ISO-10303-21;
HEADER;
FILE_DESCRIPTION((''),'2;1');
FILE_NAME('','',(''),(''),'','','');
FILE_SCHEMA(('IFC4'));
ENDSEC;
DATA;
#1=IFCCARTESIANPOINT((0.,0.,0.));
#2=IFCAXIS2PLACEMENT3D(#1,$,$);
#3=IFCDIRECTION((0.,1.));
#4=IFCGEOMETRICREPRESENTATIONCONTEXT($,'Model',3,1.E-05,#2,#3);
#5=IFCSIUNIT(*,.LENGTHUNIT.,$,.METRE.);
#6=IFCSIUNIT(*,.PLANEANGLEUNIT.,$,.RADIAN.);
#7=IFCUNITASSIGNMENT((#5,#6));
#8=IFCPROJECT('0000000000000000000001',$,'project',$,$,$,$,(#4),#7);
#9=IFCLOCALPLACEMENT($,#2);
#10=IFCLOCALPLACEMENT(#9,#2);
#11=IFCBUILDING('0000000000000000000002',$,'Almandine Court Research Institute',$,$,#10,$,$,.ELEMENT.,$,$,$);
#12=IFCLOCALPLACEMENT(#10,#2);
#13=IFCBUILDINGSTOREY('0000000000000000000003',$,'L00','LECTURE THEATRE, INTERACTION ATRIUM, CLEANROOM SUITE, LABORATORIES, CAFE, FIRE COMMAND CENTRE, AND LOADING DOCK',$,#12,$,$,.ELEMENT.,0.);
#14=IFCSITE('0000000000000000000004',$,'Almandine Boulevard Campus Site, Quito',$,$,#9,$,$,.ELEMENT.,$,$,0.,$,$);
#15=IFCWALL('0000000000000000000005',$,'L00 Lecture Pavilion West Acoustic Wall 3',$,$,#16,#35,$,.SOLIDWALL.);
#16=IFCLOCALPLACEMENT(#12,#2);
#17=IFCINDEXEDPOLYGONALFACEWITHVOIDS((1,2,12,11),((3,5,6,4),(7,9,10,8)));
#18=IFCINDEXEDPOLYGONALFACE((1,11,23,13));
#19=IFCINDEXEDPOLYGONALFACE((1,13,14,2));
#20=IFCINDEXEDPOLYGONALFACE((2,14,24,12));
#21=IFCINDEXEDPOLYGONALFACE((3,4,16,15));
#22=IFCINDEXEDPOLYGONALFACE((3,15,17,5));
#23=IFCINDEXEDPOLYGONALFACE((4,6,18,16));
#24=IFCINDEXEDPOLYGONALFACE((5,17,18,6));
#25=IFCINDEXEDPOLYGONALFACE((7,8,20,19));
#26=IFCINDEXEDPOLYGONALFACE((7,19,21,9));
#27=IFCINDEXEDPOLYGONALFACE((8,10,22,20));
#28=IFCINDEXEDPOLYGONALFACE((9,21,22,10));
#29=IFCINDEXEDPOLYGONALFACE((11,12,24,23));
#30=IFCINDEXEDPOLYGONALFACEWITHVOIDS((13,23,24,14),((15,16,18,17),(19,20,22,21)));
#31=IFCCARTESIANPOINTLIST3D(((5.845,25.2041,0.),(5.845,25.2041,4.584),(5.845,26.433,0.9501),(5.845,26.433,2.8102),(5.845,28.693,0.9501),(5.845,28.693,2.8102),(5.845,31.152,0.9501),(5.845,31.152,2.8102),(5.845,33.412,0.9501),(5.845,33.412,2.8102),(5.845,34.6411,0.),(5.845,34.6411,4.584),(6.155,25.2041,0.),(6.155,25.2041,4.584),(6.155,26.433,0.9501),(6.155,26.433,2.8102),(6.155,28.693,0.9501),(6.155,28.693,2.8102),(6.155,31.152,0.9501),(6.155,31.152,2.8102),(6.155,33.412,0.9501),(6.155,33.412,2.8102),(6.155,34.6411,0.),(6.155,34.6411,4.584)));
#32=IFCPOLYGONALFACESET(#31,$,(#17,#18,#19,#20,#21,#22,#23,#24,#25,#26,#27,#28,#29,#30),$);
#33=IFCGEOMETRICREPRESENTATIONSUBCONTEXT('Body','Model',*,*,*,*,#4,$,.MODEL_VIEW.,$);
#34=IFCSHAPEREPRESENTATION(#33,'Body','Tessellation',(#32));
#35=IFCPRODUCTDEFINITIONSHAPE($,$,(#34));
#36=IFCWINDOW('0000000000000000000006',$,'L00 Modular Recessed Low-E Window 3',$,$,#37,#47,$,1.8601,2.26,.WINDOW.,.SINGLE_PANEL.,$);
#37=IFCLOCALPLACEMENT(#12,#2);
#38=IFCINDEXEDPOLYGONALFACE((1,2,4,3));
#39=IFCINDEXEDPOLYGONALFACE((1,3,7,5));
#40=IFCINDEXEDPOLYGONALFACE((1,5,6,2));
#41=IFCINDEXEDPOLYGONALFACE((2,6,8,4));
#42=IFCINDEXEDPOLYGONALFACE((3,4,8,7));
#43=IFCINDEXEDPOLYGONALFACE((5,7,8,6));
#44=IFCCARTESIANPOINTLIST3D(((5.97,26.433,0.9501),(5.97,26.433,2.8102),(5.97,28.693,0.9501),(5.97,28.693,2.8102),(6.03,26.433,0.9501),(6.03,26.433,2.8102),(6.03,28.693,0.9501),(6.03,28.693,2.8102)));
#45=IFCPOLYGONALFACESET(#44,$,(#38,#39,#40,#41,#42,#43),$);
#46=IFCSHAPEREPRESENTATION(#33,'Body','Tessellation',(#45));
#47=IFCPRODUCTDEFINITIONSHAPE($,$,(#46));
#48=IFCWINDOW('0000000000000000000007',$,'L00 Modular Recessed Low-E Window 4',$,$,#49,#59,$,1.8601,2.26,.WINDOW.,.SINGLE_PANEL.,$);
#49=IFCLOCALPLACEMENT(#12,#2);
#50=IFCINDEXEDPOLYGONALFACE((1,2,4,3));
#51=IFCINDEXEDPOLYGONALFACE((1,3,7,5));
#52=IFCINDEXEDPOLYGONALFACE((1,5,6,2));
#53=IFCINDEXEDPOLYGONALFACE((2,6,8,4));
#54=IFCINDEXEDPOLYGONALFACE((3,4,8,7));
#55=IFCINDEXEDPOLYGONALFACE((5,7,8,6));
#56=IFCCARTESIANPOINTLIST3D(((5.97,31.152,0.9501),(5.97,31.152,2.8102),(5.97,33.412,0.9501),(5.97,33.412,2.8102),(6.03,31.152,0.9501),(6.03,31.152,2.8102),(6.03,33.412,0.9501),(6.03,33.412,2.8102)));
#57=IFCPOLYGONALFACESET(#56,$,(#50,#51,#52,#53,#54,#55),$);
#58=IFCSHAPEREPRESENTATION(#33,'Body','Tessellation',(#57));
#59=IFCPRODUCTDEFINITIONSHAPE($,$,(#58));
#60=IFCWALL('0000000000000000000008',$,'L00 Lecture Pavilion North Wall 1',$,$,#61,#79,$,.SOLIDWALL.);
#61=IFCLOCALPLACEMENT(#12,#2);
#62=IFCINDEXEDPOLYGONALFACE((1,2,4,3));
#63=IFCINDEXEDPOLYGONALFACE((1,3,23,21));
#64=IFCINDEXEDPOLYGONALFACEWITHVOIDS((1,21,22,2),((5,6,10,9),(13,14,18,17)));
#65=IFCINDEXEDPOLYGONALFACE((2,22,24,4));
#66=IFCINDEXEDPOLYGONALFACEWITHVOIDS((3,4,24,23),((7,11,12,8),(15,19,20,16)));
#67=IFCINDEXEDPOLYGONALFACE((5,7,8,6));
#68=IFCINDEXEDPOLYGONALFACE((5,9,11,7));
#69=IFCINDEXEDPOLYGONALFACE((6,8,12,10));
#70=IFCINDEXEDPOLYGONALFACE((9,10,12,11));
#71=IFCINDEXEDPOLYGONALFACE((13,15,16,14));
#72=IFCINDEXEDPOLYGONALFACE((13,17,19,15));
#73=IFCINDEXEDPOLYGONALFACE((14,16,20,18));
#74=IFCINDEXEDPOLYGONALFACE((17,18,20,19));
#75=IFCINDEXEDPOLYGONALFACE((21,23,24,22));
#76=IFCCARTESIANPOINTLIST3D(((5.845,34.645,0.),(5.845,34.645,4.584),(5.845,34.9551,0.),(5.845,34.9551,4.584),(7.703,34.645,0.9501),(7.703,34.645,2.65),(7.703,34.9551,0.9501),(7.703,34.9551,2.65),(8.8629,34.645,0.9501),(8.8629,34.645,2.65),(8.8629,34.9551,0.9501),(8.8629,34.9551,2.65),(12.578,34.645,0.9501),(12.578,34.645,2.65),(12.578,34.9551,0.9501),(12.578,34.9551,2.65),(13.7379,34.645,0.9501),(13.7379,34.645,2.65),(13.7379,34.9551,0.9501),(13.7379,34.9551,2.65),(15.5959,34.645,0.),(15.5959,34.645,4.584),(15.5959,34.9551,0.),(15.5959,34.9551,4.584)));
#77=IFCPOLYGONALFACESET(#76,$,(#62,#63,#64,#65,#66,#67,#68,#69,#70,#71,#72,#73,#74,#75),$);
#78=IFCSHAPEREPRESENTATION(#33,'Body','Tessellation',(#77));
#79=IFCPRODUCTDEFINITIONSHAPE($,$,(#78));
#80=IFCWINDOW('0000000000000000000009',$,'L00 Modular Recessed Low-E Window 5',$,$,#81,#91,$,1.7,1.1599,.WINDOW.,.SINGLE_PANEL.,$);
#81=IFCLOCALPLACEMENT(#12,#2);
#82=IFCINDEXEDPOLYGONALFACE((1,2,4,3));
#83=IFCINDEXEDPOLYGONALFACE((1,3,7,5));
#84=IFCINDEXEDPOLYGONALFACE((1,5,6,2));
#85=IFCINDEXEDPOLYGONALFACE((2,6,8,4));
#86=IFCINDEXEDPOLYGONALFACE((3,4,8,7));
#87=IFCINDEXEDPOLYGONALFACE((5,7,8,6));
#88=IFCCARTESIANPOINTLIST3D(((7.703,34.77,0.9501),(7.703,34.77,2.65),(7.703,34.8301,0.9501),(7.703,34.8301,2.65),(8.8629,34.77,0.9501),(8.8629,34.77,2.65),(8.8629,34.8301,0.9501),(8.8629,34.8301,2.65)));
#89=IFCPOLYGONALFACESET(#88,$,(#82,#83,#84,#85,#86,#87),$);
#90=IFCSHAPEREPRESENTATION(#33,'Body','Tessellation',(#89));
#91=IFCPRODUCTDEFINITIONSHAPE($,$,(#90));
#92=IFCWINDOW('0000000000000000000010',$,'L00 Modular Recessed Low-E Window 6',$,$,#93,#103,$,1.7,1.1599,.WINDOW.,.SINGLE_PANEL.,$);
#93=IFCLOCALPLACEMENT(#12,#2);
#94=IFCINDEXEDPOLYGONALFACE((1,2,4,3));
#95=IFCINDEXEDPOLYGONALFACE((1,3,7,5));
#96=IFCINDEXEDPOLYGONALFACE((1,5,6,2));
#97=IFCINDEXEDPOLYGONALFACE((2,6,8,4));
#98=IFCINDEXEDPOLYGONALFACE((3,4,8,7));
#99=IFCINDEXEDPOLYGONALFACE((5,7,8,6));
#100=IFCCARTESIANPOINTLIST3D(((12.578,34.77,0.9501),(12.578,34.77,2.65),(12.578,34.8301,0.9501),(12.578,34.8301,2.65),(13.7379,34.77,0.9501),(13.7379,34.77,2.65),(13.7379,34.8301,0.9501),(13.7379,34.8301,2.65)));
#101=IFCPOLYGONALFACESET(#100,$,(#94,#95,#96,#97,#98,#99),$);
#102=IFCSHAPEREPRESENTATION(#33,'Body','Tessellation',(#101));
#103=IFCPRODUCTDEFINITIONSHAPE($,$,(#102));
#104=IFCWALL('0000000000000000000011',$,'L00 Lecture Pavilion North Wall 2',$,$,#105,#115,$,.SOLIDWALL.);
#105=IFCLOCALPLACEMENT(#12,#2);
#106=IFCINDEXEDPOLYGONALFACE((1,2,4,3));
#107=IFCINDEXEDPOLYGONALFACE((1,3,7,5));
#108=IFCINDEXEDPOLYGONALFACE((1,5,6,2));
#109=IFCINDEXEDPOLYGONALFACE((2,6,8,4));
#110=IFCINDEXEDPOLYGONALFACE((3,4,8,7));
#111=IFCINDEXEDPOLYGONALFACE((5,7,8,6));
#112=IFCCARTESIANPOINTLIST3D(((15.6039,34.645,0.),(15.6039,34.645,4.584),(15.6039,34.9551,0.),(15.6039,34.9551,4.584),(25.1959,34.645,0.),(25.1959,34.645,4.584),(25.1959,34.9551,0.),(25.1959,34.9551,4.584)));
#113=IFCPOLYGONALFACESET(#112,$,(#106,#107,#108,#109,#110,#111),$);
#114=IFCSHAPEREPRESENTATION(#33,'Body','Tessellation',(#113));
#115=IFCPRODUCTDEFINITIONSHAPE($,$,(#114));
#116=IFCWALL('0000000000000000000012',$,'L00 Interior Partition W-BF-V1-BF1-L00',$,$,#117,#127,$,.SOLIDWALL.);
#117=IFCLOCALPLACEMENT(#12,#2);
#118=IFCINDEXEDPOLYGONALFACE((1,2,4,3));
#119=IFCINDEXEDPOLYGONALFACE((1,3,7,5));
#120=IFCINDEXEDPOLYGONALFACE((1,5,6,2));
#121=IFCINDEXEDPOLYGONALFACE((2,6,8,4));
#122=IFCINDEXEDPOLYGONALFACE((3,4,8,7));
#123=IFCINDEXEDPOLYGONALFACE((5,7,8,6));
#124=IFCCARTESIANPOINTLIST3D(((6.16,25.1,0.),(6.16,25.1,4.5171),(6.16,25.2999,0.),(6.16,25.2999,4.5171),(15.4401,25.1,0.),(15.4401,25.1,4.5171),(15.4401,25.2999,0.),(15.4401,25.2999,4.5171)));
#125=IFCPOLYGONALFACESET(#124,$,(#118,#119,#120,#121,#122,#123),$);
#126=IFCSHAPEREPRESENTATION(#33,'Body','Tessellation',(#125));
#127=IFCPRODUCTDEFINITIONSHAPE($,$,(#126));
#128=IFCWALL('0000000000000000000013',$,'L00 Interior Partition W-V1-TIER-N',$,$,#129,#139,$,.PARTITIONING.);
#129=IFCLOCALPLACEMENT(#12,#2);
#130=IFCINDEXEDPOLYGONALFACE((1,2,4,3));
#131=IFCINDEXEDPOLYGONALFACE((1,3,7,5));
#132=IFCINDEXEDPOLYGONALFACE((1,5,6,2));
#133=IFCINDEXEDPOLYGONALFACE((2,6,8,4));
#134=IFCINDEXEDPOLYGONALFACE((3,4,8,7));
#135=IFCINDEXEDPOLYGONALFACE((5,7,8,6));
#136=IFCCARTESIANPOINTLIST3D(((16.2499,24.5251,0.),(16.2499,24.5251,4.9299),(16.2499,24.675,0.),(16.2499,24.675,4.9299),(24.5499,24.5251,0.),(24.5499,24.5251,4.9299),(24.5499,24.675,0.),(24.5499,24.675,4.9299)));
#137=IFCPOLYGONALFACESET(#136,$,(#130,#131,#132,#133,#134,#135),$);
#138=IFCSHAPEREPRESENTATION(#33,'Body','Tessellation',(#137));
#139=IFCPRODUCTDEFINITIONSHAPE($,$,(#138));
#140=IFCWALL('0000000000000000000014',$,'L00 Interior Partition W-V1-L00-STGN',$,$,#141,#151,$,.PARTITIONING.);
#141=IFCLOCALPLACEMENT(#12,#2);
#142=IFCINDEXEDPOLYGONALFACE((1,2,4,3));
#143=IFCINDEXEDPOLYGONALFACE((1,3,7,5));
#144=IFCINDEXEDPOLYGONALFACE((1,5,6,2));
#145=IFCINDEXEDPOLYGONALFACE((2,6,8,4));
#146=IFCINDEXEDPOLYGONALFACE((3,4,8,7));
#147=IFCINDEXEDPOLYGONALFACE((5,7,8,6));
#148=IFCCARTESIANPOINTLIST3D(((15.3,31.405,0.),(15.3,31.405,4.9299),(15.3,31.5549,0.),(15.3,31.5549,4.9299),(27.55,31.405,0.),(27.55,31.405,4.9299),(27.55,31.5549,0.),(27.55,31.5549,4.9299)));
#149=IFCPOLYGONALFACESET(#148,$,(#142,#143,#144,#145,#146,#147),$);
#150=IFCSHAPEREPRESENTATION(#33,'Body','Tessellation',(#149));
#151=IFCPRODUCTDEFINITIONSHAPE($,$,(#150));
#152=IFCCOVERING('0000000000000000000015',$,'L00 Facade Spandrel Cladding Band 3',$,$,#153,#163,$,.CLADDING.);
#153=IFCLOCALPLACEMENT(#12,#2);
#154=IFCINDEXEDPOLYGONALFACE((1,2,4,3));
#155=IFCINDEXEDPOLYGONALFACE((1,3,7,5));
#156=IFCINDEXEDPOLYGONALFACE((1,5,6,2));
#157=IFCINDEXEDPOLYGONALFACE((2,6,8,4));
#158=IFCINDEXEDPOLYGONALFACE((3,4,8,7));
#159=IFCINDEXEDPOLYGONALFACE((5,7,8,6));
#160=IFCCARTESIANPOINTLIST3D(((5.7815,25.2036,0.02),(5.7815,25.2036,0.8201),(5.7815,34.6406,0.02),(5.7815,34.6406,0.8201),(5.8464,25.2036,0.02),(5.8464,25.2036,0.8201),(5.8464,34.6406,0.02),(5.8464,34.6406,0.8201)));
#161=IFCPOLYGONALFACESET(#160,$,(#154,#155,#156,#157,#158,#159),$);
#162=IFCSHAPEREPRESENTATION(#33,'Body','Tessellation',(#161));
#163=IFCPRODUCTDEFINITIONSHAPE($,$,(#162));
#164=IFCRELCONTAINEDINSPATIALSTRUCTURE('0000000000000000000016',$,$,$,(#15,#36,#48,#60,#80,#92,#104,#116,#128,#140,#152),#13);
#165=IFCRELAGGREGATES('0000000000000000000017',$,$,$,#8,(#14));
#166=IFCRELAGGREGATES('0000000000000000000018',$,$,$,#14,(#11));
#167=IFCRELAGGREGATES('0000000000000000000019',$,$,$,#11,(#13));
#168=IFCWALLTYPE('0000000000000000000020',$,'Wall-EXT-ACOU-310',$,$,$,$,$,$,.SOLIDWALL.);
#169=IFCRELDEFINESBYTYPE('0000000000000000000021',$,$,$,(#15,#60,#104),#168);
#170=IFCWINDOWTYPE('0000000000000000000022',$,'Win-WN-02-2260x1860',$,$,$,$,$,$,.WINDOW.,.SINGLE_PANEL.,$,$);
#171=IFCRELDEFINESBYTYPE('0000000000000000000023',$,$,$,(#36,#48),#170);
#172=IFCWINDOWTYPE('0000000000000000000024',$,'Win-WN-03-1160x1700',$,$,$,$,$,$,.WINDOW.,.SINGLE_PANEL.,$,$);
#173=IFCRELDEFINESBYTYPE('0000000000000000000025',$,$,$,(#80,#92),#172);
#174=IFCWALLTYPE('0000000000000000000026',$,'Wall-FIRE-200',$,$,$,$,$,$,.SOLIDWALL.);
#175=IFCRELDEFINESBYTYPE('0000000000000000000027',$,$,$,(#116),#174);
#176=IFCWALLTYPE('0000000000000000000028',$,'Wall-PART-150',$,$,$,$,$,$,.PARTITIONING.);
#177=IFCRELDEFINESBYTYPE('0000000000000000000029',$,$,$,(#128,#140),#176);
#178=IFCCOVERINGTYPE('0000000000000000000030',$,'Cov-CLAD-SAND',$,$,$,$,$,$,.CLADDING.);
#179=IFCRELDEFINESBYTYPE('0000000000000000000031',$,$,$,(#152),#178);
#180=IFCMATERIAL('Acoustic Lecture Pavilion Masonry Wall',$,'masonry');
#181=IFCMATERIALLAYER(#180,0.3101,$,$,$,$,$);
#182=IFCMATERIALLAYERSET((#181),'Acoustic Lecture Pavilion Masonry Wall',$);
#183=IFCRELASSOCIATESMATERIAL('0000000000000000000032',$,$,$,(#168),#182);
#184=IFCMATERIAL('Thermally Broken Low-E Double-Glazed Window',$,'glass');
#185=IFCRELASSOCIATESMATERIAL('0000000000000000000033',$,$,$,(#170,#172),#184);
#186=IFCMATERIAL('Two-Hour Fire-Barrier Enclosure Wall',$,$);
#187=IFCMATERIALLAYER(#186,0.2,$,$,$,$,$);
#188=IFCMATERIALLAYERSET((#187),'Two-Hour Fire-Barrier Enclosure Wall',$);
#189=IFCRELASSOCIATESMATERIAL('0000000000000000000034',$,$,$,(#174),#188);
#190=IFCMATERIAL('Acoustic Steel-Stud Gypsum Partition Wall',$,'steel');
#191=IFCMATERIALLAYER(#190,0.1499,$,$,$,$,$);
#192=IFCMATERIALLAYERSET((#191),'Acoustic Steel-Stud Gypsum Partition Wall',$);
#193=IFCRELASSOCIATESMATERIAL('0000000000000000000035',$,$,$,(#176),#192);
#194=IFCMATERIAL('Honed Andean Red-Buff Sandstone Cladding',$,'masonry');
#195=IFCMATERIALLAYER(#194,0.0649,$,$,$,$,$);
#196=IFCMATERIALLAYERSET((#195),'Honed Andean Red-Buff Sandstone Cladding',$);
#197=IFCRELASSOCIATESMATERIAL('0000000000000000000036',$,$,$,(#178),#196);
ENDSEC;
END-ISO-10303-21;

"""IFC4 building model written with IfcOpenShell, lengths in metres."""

from ifc_helpers import new_model, si_unit, direction, frame, frame_2d, origin, origin_2d, place, context, subcontext, project, spatial, rectangle, extrude, material, layer, layer_set, type_object, element, fill, save


model = new_model("IFC4")

# Units and contexts
model_context = context("Model", 3, precision=1e-05, world=origin(), true_north=direction((0.0, 1.0)))
body_context = subcontext(model_context, "Body", "Model", "MODEL_VIEW")
ifc_project = project(units=[si_unit("LENGTHUNIT", "METRE"), si_unit("PLANEANGLEUNIT", "RADIAN")], contexts=[model_context])

# Site, building, storey
site_placement = place(None, origin())
site = spatial("IfcSite", under=ifc_project, at=site_placement, Name="Almandine Boulevard Campus Site, Quito", CompositionType="ELEMENT", RefElevation=0.0)
building_placement = place(site_placement, origin())
building = spatial("IfcBuilding", under=site, at=building_placement, Name="Almandine Court Research Institute", CompositionType="ELEMENT")
storey_placement = place(building_placement, origin())
storey = spatial("IfcBuildingStorey", under=building, at=storey_placement, Name="L00", Description="LECTURE THEATRE, INTERACTION ATRIUM, CLEANROOM SUITE, LABORATORIES, CAFE, FIRE COMMAND CENTRE, AND LOADING DOCK", CompositionType="ELEMENT", Elevation=0.0)

# Walls, openings, windows
ifc_material_1 = material(Name="Acoustic Lecture Pavilion Masonry Wall", Category="masonry")
ifc_layer_1 = layer(ifc_material_1, 0.3101)
ifc_layer_set_1 = layer_set([ifc_layer_1], Name="Acoustic Lecture Pavilion Masonry Wall")
wall_type_1 = type_object("IfcWallType", Name="Wall-EXT-ACOU-310", PredefinedType="SOLIDWALL", material=ifc_layer_set_1)
wall_1_placement = place(storey_placement, frame((6.0, 25.2041, 0.0), z_axis=(0.0, 0.0, 1.0), x_axis=(0.0, 1.0, 0.0)))
wall_1 = element("IfcWall", 1, at=wall_1_placement, inside=storey, type_object=wall_type_1, Name="L00 Lecture Pavilion West Acoustic Wall 3", PredefinedType="SOLIDWALL", context=body_context, shape_type="SweptSolid", body=[
    extrude(rectangle(XDim=9.437, YDim=0.3101, at=frame_2d((4.7185, 0.0))), origin(), (0.0, 0.0, 1.0), 4.584),
])
opening_1_placement = place(wall_1_placement, frame((1.229, 0.0, 0.95)))
opening_1 = element("IfcOpeningElement", 2, at=opening_1_placement, cuts=wall_1, PredefinedType="OPENING", context=body_context, shape_type="SweptSolid", body=[
    extrude(rectangle(XDim=2.26, YDim=1.8601, at=frame_2d((1.1299, 0.9302))), frame((0.0, 0.165, 0.0), z_axis=(0.0, -1.0, 0.0), x_axis=(1.0, 0.0, 0.0)), (0.0, 0.0, 1.0), 0.3301),
])
opening_2_placement = place(wall_1_placement, frame((5.948, 0.0, 0.95)))
opening_2 = element("IfcOpeningElement", 3, at=opening_2_placement, cuts=wall_1, PredefinedType="OPENING", context=body_context, shape_type="SweptSolid", body=[
    extrude(rectangle(XDim=2.26, YDim=1.8601, at=frame_2d((1.1299, 0.9302))), frame((0.0, 0.165, 0.0), z_axis=(0.0, -1.0, 0.0), x_axis=(1.0, 0.0, 0.0)), (0.0, 0.0, 1.0), 0.3301),
])
ifc_material_2 = material(Name="Thermally Broken Low-E Double-Glazed Window", Category="glass")
window_type_1 = type_object("IfcWindowType", Name="Win-WN-02-2260x1860", PartitioningType="SINGLE_PANEL", PredefinedType="WINDOW", material=ifc_material_2)
window_1_placement = place(opening_1_placement, origin())
window_1 = element("IfcWindow", 4, at=window_1_placement, inside=storey, type_object=window_type_1, Name="L00 Modular Recessed Low-E Window 3", OverallHeight=1.8601, OverallWidth=2.26, PartitioningType="SINGLE_PANEL", PredefinedType="WINDOW", context=body_context, shape_type="SweptSolid", body=[
    extrude(rectangle(XDim=2.26, YDim=1.8601, at=frame_2d((1.1299, 0.9302))), frame((0.0, 0.03, 0.0), z_axis=(0.0, -1.0, 0.0), x_axis=(1.0, 0.0, 0.0)), (0.0, 0.0, 1.0), 0.0601),
])
fill(opening_1, window_1)
window_2_placement = place(opening_2_placement, origin())
window_2 = element("IfcWindow", 5, at=window_2_placement, inside=storey, type_object=window_type_1, Name="L00 Modular Recessed Low-E Window 4", OverallHeight=1.8601, OverallWidth=2.26, PartitioningType="SINGLE_PANEL", PredefinedType="WINDOW", context=body_context, shape_type="SweptSolid", body=[
    extrude(rectangle(XDim=2.26, YDim=1.8601, at=frame_2d((1.1299, 0.9302))), frame((0.0, 0.03, 0.0), z_axis=(0.0, -1.0, 0.0), x_axis=(1.0, 0.0, 0.0)), (0.0, 0.0, 1.0), 0.0601),
])
fill(opening_2, window_2)
wall_2_placement = place(storey_placement, frame((5.845, 34.8, 0.0), z_axis=(0.0, 0.0, 1.0), x_axis=(1.0, 0.0, 0.0)))
wall_2 = element("IfcWall", 6, at=wall_2_placement, inside=storey, type_object=wall_type_1, Name="L00 Lecture Pavilion North Wall 1", PredefinedType="SOLIDWALL", context=body_context, shape_type="SweptSolid", body=[
    extrude(rectangle(XDim=9.751, YDim=0.3101, at=frame_2d((4.8755, 0.0))), origin(), (0.0, 0.0, 1.0), 4.584),
])
opening_3_placement = place(wall_2_placement, frame((1.8579, 0.0, 0.95)))
opening_3 = element("IfcOpeningElement", 7, at=opening_3_placement, cuts=wall_2, PredefinedType="OPENING", context=body_context, shape_type="SweptSolid", body=[
    extrude(rectangle(XDim=1.1599, YDim=1.7, at=frame_2d((0.5801, 0.8501))), frame((0.0, 0.165, 0.0), z_axis=(0.0, -1.0, 0.0), x_axis=(1.0, 0.0, 0.0)), (0.0, 0.0, 1.0), 0.3301),
])
opening_4_placement = place(wall_2_placement, frame((6.7329, 0.0, 0.95)))
opening_4 = element("IfcOpeningElement", 8, at=opening_4_placement, cuts=wall_2, PredefinedType="OPENING", context=body_context, shape_type="SweptSolid", body=[
    extrude(rectangle(XDim=1.1599, YDim=1.7, at=frame_2d((0.5801, 0.8501))), frame((0.0, 0.165, 0.0), z_axis=(0.0, -1.0, 0.0), x_axis=(1.0, 0.0, 0.0)), (0.0, 0.0, 1.0), 0.3301),
])
window_type_2 = type_object("IfcWindowType", Name="Win-WN-03-1160x1700", PartitioningType="SINGLE_PANEL", PredefinedType="WINDOW", material=ifc_material_2)
window_3_placement = place(opening_3_placement, origin())
window_3 = element("IfcWindow", 9, at=window_3_placement, inside=storey, type_object=window_type_2, Name="L00 Modular Recessed Low-E Window 5", OverallHeight=1.7, OverallWidth=1.1599, PartitioningType="SINGLE_PANEL", PredefinedType="WINDOW", context=body_context, shape_type="SweptSolid", body=[
    extrude(rectangle(XDim=1.1599, YDim=1.7, at=frame_2d((0.5801, 0.8501))), frame((0.0, 0.03, 0.0), z_axis=(0.0, -1.0, 0.0), x_axis=(1.0, 0.0, 0.0)), (0.0, 0.0, 1.0), 0.0601),
])
fill(opening_3, window_3)
window_4_placement = place(opening_4_placement, origin())
window_4 = element("IfcWindow", 10, at=window_4_placement, inside=storey, type_object=window_type_2, Name="L00 Modular Recessed Low-E Window 6", OverallHeight=1.7, OverallWidth=1.1599, PartitioningType="SINGLE_PANEL", PredefinedType="WINDOW", context=body_context, shape_type="SweptSolid", body=[
    extrude(rectangle(XDim=1.1599, YDim=1.7, at=frame_2d((0.5801, 0.8501))), frame((0.0, 0.03, 0.0), z_axis=(0.0, -1.0, 0.0), x_axis=(1.0, 0.0, 0.0)), (0.0, 0.0, 1.0), 0.0601),
])
fill(opening_4, window_4)

# Walls
wall_3_placement = place(storey_placement, frame((15.604, 34.8, 0.0), z_axis=(0.0, 0.0, 1.0), x_axis=(1.0, 0.0, 0.0)))
element("IfcWall", 11, at=wall_3_placement, inside=storey, type_object=wall_type_1, Name="L00 Lecture Pavilion North Wall 2", PredefinedType="SOLIDWALL", context=body_context, shape_type="SweptSolid", body=[
    extrude(rectangle(XDim=9.592, YDim=0.3101, at=frame_2d((4.7959, 0.0))), origin(), (0.0, 0.0, 1.0), 4.584),
])
ifc_material_3 = material(Name="Two-Hour Fire-Barrier Enclosure Wall")
ifc_layer_2 = layer(ifc_material_3, 0.2)
ifc_layer_set_2 = layer_set([ifc_layer_2], Name="Two-Hour Fire-Barrier Enclosure Wall")
wall_type_2 = type_object("IfcWallType", Name="Wall-FIRE-200", PredefinedType="SOLIDWALL", material=ifc_layer_set_2)
wall_4_placement = place(storey_placement, frame((6.1599, 25.2, 0.0), z_axis=(0.0, 0.0, 1.0), x_axis=(1.0, 0.0, 0.0)))
element("IfcWall", 12, at=wall_4_placement, inside=storey, type_object=wall_type_2, Name="L00 Interior Partition W-BF-V1-BF1-L00", PredefinedType="SOLIDWALL", context=body_context, shape_type="SweptSolid", body=[
    extrude(rectangle(XDim=9.28, YDim=0.2, at=frame_2d((4.6401, 0.0))), origin(), (0.0, 0.0, 1.0), 4.5171),
])
ifc_material_4 = material(Name="Acoustic Steel-Stud Gypsum Partition Wall", Category="steel")
ifc_layer_3 = layer(ifc_material_4, 0.1499)
ifc_layer_set_3 = layer_set([ifc_layer_3], Name="Acoustic Steel-Stud Gypsum Partition Wall")
wall_type_3 = type_object("IfcWallType", Name="Wall-PART-150", PredefinedType="PARTITIONING", material=ifc_layer_set_3)
wall_5_placement = place(storey_placement, frame((16.25, 24.6001, 0.0), z_axis=(0.0, 0.0, 1.0), x_axis=(1.0, 0.0, 0.0)))
element("IfcWall", 13, at=wall_5_placement, inside=storey, type_object=wall_type_3, Name="L00 Interior Partition W-V1-TIER-N", PredefinedType="PARTITIONING", context=body_context, shape_type="SweptSolid", body=[
    extrude(rectangle(XDim=8.3, YDim=0.1499, at=frame_2d((4.1499, 0.0))), origin(), (0.0, 0.0, 1.0), 4.9299),
])
wall_6_placement = place(storey_placement, frame((15.3, 31.48, 0.0), z_axis=(0.0, 0.0, 1.0), x_axis=(1.0, 0.0, 0.0)))
element("IfcWall", 14, at=wall_6_placement, inside=storey, type_object=wall_type_3, Name="L00 Interior Partition W-V1-L00-STGN", PredefinedType="PARTITIONING", context=body_context, shape_type="SweptSolid", body=[
    extrude(rectangle(XDim=12.25, YDim=0.1499, at=frame_2d((6.125, 0.0))), origin(), (0.0, 0.0, 1.0), 4.9299),
])

# Covering
ifc_material_5 = material(Name="Honed Andean Red-Buff Sandstone Cladding", Category="masonry")
ifc_layer_4 = layer(ifc_material_5, 0.0649)
ifc_layer_set_4 = layer_set([ifc_layer_4], Name="Honed Andean Red-Buff Sandstone Cladding")
covering_type = type_object("IfcCoveringType", Name="Cov-CLAD-SAND", PredefinedType="CLADDING", material=ifc_layer_set_4)
covering_1_placement = place(storey_placement, frame((5.814, 29.9221, 0.02), z_axis=(0.0, 0.0, 1.0), x_axis=(0.0, 1.0, 0.0)))
element("IfcCovering", 15, at=covering_1_placement, inside=storey, type_object=covering_type, Name="L00 Facade Spandrel Cladding Band 3", PredefinedType="CLADDING", context=body_context, shape_type="SweptSolid", body=[
    extrude(rectangle(XDim=9.437, YDim=0.0649, at=origin_2d()), origin(), (0.0, 0.0, 1.0), 0.8),
])

save(model, "model.ifc")
